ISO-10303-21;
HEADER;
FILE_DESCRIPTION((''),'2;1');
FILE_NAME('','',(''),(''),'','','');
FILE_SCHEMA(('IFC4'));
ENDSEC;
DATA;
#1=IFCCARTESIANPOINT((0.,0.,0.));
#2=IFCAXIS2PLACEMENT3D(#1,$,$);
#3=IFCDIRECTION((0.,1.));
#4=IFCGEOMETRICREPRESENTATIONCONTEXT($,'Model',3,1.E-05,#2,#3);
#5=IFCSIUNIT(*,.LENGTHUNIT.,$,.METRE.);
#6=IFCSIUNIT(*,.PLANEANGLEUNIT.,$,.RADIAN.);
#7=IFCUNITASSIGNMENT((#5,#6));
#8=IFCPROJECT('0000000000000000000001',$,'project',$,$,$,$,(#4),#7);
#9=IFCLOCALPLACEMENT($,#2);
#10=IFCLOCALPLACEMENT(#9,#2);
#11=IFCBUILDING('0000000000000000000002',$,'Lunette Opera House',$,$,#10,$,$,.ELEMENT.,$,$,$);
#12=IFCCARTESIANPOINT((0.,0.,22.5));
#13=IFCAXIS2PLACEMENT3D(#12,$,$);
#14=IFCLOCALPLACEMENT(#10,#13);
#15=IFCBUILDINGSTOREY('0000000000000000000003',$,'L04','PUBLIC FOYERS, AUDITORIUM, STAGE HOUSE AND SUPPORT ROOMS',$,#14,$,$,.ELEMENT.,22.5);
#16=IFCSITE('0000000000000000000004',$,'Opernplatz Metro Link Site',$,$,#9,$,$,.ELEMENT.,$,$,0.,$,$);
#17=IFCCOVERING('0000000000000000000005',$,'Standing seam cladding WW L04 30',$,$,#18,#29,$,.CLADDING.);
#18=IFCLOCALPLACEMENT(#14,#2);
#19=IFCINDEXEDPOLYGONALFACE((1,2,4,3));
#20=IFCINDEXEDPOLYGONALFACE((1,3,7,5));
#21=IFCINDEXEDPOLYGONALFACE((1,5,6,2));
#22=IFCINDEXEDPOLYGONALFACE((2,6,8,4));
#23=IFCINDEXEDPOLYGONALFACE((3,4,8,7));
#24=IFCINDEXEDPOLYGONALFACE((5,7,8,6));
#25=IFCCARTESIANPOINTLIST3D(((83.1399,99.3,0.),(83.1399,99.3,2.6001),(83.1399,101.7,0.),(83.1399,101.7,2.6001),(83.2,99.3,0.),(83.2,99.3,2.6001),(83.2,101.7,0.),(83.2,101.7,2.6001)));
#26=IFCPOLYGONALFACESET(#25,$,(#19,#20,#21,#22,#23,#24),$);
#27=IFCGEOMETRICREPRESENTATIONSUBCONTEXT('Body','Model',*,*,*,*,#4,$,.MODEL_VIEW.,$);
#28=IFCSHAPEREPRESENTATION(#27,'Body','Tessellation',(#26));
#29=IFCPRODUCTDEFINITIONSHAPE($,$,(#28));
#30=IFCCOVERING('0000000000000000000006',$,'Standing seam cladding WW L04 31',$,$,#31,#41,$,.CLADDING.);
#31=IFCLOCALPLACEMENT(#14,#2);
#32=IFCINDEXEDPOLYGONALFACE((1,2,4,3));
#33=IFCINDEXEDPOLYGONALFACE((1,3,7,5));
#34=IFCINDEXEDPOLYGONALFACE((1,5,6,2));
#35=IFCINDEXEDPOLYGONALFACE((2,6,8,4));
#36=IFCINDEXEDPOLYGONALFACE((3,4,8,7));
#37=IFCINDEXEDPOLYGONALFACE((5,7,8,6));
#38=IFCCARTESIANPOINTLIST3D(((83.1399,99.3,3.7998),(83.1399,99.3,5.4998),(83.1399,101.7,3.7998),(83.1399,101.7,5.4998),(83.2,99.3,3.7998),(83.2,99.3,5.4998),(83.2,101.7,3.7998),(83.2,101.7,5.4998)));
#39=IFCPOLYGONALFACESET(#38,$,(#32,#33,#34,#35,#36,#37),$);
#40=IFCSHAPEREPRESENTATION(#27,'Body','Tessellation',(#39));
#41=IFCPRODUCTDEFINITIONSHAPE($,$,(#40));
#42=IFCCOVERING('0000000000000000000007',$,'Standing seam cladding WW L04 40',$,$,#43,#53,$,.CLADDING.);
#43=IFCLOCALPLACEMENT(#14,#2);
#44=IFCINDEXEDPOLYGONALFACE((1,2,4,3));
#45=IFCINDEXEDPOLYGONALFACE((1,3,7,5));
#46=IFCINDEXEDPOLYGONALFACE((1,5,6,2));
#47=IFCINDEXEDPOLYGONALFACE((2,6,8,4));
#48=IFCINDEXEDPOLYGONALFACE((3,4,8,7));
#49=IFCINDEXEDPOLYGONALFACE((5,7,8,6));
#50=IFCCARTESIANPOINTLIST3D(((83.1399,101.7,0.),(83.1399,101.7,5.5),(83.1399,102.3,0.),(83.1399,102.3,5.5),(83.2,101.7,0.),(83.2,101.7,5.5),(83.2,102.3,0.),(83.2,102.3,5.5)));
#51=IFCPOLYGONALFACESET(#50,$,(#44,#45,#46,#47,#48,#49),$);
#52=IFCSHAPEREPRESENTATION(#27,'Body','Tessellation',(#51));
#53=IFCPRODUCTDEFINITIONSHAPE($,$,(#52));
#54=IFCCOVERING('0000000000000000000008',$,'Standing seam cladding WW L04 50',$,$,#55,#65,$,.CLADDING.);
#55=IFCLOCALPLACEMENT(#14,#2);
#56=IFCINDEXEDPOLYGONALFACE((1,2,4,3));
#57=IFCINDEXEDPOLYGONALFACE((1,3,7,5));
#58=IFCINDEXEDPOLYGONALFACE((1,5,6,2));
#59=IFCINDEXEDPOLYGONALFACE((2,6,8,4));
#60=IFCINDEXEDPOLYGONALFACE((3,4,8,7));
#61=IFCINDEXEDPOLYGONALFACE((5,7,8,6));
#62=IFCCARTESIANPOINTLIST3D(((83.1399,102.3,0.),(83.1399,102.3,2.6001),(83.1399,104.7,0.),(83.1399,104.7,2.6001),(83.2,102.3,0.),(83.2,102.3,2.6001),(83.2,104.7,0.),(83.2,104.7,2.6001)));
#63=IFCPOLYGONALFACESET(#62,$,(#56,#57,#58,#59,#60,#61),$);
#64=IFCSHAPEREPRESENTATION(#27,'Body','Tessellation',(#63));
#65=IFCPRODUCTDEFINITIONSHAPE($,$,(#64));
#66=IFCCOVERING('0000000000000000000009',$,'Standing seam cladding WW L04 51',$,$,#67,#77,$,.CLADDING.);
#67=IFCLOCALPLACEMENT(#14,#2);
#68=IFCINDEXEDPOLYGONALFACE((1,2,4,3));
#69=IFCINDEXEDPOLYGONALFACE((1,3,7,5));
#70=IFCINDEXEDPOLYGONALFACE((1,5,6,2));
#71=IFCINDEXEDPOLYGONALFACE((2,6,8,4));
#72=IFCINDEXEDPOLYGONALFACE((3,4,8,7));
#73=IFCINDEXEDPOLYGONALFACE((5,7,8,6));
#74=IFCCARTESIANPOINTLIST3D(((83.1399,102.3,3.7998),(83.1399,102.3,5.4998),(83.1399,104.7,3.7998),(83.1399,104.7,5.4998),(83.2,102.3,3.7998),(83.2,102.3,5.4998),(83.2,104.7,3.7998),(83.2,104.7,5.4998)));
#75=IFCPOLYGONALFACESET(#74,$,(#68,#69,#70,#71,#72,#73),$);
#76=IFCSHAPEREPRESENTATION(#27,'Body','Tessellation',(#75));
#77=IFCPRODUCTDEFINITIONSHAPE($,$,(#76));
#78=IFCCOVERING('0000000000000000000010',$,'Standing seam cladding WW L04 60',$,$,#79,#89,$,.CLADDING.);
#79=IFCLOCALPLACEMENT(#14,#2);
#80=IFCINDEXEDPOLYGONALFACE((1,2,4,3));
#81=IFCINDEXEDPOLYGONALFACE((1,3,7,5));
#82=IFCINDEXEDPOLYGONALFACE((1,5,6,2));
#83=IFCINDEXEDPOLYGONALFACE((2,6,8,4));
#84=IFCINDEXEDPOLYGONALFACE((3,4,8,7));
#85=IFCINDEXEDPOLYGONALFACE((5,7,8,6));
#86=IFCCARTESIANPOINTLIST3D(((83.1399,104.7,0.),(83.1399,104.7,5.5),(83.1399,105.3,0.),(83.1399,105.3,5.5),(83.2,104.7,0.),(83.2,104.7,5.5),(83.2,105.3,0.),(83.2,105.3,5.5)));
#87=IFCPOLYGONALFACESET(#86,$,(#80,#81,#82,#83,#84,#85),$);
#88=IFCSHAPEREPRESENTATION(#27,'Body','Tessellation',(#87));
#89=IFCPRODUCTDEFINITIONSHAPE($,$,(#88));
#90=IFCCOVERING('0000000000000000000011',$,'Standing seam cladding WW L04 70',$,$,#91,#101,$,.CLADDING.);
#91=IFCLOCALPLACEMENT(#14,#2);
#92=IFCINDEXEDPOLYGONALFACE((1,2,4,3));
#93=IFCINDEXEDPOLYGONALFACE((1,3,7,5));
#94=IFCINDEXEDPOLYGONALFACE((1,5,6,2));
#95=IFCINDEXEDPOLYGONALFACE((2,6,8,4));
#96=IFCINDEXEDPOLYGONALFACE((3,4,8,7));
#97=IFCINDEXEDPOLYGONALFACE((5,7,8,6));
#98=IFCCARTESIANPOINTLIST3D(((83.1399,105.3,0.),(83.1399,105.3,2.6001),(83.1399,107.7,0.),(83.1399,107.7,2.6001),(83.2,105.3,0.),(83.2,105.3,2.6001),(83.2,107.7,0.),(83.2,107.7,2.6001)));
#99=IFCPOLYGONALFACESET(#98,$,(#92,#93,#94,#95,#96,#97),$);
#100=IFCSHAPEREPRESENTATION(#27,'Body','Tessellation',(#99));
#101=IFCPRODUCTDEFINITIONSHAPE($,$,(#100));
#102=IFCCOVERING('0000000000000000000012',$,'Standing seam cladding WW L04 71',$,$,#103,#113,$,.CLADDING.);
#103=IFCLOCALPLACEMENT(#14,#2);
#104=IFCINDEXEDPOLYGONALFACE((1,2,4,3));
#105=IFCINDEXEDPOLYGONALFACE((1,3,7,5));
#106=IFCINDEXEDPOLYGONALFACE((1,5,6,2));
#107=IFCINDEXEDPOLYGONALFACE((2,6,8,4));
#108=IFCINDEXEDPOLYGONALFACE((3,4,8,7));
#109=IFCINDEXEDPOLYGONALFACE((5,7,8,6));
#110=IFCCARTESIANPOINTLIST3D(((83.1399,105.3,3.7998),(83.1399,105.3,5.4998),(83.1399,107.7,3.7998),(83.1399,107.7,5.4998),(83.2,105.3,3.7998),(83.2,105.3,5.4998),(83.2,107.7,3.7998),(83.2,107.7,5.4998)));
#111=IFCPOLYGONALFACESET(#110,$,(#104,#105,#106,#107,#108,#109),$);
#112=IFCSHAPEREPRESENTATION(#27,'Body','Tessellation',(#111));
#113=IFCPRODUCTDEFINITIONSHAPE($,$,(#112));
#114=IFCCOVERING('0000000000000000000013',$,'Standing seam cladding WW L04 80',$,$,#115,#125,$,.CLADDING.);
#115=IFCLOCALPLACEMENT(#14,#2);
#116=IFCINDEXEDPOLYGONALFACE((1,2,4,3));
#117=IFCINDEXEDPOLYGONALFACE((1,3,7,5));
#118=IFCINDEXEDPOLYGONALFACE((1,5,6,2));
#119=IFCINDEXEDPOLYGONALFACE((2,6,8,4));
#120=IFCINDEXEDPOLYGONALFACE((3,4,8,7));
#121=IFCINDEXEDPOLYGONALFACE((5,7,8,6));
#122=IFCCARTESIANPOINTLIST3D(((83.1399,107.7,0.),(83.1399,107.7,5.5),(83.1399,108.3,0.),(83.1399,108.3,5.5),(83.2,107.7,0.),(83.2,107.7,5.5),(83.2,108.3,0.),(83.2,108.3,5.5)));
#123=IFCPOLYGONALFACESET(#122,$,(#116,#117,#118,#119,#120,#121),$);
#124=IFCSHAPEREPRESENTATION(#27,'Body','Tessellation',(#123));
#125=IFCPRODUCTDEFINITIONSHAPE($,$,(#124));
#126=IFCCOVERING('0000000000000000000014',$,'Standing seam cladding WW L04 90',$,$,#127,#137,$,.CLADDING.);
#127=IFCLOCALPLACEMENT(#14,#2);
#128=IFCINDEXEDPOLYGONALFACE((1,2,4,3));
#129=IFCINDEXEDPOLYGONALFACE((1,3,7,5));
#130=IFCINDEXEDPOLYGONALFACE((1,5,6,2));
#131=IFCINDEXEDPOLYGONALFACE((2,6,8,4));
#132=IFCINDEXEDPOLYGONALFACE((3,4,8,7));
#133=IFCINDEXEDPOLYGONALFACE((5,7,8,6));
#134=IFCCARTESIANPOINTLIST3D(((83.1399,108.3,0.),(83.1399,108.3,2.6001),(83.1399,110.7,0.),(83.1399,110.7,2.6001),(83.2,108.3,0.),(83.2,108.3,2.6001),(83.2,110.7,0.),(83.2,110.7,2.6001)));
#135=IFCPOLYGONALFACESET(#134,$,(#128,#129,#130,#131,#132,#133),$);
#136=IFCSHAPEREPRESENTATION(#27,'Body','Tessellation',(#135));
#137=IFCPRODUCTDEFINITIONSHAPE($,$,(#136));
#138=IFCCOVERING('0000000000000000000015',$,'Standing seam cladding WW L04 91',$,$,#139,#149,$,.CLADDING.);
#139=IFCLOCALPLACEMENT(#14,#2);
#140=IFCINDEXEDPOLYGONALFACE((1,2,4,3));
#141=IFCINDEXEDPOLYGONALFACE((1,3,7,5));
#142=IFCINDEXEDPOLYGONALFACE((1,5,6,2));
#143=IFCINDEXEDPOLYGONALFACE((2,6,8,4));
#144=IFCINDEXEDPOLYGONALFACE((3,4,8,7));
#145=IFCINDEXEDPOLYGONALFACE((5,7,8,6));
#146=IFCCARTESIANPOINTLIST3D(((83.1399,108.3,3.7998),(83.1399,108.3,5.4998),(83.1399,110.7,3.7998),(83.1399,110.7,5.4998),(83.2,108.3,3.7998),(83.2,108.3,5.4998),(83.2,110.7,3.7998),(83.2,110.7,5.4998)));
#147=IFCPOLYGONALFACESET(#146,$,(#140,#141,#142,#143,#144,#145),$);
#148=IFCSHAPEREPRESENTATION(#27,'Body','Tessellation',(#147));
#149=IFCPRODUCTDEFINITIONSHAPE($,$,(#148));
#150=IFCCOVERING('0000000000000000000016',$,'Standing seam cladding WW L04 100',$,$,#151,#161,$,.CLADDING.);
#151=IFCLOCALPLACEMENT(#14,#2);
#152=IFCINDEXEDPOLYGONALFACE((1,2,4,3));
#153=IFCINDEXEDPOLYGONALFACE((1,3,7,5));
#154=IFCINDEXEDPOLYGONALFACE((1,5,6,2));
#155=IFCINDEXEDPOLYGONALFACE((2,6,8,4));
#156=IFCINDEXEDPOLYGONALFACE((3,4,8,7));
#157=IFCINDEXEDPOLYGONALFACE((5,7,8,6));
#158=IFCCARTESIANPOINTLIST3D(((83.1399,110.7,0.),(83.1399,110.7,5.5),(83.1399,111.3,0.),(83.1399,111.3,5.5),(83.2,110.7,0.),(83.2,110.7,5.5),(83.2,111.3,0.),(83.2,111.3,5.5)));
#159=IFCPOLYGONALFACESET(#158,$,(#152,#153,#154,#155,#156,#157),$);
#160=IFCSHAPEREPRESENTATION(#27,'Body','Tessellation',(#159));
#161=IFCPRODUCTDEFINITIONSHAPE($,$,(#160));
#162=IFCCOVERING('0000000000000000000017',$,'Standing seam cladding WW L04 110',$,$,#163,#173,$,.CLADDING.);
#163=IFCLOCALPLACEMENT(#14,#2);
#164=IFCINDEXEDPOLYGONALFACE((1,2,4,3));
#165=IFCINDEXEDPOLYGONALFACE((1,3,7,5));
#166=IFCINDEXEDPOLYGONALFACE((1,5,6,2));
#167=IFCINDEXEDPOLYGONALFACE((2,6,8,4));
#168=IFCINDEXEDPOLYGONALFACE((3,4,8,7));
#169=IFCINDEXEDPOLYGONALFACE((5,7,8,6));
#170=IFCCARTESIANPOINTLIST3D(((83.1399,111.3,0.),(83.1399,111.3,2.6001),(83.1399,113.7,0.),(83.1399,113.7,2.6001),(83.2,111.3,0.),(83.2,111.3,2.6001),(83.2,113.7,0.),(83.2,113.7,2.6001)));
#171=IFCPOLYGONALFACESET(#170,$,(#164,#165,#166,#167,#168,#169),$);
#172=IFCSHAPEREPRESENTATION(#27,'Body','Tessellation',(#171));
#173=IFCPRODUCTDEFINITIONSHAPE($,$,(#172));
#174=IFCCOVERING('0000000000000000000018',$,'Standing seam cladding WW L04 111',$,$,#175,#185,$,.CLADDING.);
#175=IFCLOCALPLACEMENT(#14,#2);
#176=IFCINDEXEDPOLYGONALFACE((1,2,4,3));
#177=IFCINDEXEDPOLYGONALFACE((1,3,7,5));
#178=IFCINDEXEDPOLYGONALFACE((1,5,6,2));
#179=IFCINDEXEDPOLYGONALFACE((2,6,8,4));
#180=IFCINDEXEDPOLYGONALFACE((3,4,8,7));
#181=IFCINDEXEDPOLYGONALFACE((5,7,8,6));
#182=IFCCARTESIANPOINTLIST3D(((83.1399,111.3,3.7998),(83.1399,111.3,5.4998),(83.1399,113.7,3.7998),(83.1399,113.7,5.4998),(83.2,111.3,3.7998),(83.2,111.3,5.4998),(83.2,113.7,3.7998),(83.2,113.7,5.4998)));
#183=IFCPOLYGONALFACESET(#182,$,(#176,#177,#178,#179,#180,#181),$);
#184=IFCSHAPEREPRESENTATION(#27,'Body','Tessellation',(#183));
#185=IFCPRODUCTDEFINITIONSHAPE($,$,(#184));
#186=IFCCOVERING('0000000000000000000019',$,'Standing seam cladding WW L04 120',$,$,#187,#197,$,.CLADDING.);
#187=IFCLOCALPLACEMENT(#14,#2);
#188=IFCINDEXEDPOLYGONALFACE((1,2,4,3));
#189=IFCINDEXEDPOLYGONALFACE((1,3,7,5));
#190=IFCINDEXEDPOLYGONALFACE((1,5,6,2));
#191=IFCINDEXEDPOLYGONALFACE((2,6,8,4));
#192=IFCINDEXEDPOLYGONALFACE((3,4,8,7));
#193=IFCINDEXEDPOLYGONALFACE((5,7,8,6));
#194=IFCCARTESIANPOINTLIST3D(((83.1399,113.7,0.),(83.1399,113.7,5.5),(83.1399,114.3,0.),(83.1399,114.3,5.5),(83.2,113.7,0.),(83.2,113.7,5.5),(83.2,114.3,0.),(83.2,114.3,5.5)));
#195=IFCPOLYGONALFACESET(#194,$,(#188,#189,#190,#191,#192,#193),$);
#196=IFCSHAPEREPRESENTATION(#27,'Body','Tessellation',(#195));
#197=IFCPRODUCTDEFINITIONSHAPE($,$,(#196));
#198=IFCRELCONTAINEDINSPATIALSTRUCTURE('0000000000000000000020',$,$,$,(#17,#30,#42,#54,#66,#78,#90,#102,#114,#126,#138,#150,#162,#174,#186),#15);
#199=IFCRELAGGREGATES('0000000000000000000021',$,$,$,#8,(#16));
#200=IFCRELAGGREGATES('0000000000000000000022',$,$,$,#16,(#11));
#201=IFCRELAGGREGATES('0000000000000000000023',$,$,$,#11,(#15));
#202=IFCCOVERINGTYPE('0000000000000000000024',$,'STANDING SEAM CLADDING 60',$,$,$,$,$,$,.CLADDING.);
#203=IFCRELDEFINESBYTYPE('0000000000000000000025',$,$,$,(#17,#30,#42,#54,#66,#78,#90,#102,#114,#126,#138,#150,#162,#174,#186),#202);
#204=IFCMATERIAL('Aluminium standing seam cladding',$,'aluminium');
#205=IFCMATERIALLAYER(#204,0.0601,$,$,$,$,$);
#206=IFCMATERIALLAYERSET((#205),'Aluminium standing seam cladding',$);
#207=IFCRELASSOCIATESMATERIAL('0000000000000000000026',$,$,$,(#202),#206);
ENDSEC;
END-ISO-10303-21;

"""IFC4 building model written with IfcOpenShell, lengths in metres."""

from ifc_helpers import new_model, si_unit, direction, frame, origin, origin_2d, place, context, subcontext, project, spatial, rectangle, extrude, material, layer, layer_set, type_object, element, save


model = new_model("IFC4")

# Units and contexts
model_context = context("Model", 3, precision=1e-05, world=origin(), true_north=direction((0.0, 1.0)))
body_context = subcontext(model_context, "Body", "Model", "MODEL_VIEW")
ifc_project = project(units=[si_unit("LENGTHUNIT", "METRE"), si_unit("PLANEANGLEUNIT", "RADIAN")], contexts=[model_context])

# Site, building, storey
site_placement = place(None, origin())
site = spatial("IfcSite", under=ifc_project, at=site_placement, Name="Opernplatz Metro Link Site", CompositionType="ELEMENT", RefElevation=0.0)
building_placement = place(site_placement, origin())
building = spatial("IfcBuilding", under=site, at=building_placement, Name="Lunette Opera House", CompositionType="ELEMENT")
storey_placement = place(building_placement, frame((0.0, 0.0, 22.5)))
storey = spatial("IfcBuildingStorey", under=building, at=storey_placement, Name="L04", Description="PUBLIC FOYERS, AUDITORIUM, STAGE HOUSE AND SUPPORT ROOMS", CompositionType="ELEMENT", Elevation=22.5)

# Coverings
ifc_material_1 = material(Name="Aluminium standing seam cladding", Category="aluminium")
ifc_layer_1 = layer(ifc_material_1, 0.0601)
ifc_layer_set_1 = layer_set([ifc_layer_1], Name="Aluminium standing seam cladding")
covering_type_1 = type_object("IfcCoveringType", Name="STANDING SEAM CLADDING 60", PredefinedType="CLADDING", material=ifc_layer_set_1)
covering_1_placement = place(storey_placement, frame((83.1699, 100.5, 0.0), z_axis=(0.0, 0.0, 1.0), x_axis=(0.0, 1.0, 0.0)))
element("IfcCovering", 1, at=covering_1_placement, inside=storey, type_object=covering_type_1, Name="Standing seam cladding WW L04 30", PredefinedType="CLADDING", context=body_context, shape_type="SweptSolid", body=[
    extrude(rectangle(XDim=2.3999, YDim=0.0601, at=origin_2d()), origin(), (0.0, 0.0, 1.0), 2.6001),
])
covering_2_placement = place(storey_placement, frame((83.1699, 100.5, 3.7998), z_axis=(0.0, 0.0, 1.0), x_axis=(0.0, 1.0, 0.0)))
element("IfcCovering", 2, at=covering_2_placement, inside=storey, type_object=covering_type_1, Name="Standing seam cladding WW L04 31", PredefinedType="CLADDING", context=body_context, shape_type="SweptSolid", body=[
    extrude(rectangle(XDim=2.3999, YDim=0.0601, at=origin_2d()), origin(), (0.0, 0.0, 1.0), 1.7),
])
covering_3_placement = place(storey_placement, frame((83.1699, 102.0, 0.0), z_axis=(0.0, 0.0, 1.0), x_axis=(0.0, 1.0, 0.0)))
element("IfcCovering", 3, at=covering_3_placement, inside=storey, type_object=covering_type_1, Name="Standing seam cladding WW L04 40", PredefinedType="CLADDING", context=body_context, shape_type="SweptSolid", body=[
    extrude(rectangle(XDim=0.6001, YDim=0.0601, at=origin_2d()), origin(), (0.0, 0.0, 1.0), 5.5),
])
covering_4_placement = place(storey_placement, frame((83.1699, 103.5, 0.0), z_axis=(0.0, 0.0, 1.0), x_axis=(0.0, 1.0, 0.0)))
element("IfcCovering", 4, at=covering_4_placement, inside=storey, type_object=covering_type_1, Name="Standing seam cladding WW L04 50", PredefinedType="CLADDING", context=body_context, shape_type="SweptSolid", body=[
    extrude(rectangle(XDim=2.3999, YDim=0.0601, at=origin_2d()), origin(), (0.0, 0.0, 1.0), 2.6001),
])
covering_5_placement = place(storey_placement, frame((83.1699, 103.5, 3.7998), z_axis=(0.0, 0.0, 1.0), x_axis=(0.0, 1.0, 0.0)))
element("IfcCovering", 5, at=covering_5_placement, inside=storey, type_object=covering_type_1, Name="Standing seam cladding WW L04 51", PredefinedType="CLADDING", context=body_context, shape_type="SweptSolid", body=[
    extrude(rectangle(XDim=2.3999, YDim=0.0601, at=origin_2d()), origin(), (0.0, 0.0, 1.0), 1.7),
])
covering_6_placement = place(storey_placement, frame((83.1699, 105.0, 0.0), z_axis=(0.0, 0.0, 1.0), x_axis=(0.0, 1.0, 0.0)))
element("IfcCovering", 6, at=covering_6_placement, inside=storey, type_object=covering_type_1, Name="Standing seam cladding WW L04 60", PredefinedType="CLADDING", context=body_context, shape_type="SweptSolid", body=[
    extrude(rectangle(XDim=0.6001, YDim=0.0601, at=origin_2d()), origin(), (0.0, 0.0, 1.0), 5.5),
])
covering_7_placement = place(storey_placement, frame((83.1699, 106.5, 0.0), z_axis=(0.0, 0.0, 1.0), x_axis=(0.0, 1.0, 0.0)))
element("IfcCovering", 7, at=covering_7_placement, inside=storey, type_object=covering_type_1, Name="Standing seam cladding WW L04 70", PredefinedType="CLADDING", context=body_context, shape_type="SweptSolid", body=[
    extrude(rectangle(XDim=2.3999, YDim=0.0601, at=origin_2d()), origin(), (0.0, 0.0, 1.0), 2.6001),
])
covering_8_placement = place(storey_placement, frame((83.1699, 106.5, 3.7998), z_axis=(0.0, 0.0, 1.0), x_axis=(0.0, 1.0, 0.0)))
element("IfcCovering", 8, at=covering_8_placement, inside=storey, type_object=covering_type_1, Name="Standing seam cladding WW L04 71", PredefinedType="CLADDING", context=body_context, shape_type="SweptSolid", body=[
    extrude(rectangle(XDim=2.3999, YDim=0.0601, at=origin_2d()), origin(), (0.0, 0.0, 1.0), 1.7),
])
covering_9_placement = place(storey_placement, frame((83.1699, 108.0, 0.0), z_axis=(0.0, 0.0, 1.0), x_axis=(0.0, 1.0, 0.0)))
element("IfcCovering", 9, at=covering_9_placement, inside=storey, type_object=covering_type_1, Name="Standing seam cladding WW L04 80", PredefinedType="CLADDING", context=body_context, shape_type="SweptSolid", body=[
    extrude(rectangle(XDim=0.6001, YDim=0.0601, at=origin_2d()), origin(), (0.0, 0.0, 1.0), 5.5),
])
covering_10_placement = place(storey_placement, frame((83.1699, 109.5, 0.0), z_axis=(0.0, 0.0, 1.0), x_axis=(0.0, 1.0, 0.0)))
element("IfcCovering", 10, at=covering_10_placement, inside=storey, type_object=covering_type_1, Name="Standing seam cladding WW L04 90", PredefinedType="CLADDING", context=body_context, shape_type="SweptSolid", body=[
    extrude(rectangle(XDim=2.3999, YDim=0.0601, at=origin_2d()), origin(), (0.0, 0.0, 1.0), 2.6001),
])
covering_11_placement = place(storey_placement, frame((83.1699, 109.5, 3.7998), z_axis=(0.0, 0.0, 1.0), x_axis=(0.0, 1.0, 0.0)))
element("IfcCovering", 11, at=covering_11_placement, inside=storey, type_object=covering_type_1, Name="Standing seam cladding WW L04 91", PredefinedType="CLADDING", context=body_context, shape_type="SweptSolid", body=[
    extrude(rectangle(XDim=2.3999, YDim=0.0601, at=origin_2d()), origin(), (0.0, 0.0, 1.0), 1.7),
])
covering_12_placement = place(storey_placement, frame((83.1699, 111.0, 0.0), z_axis=(0.0, 0.0, 1.0), x_axis=(0.0, 1.0, 0.0)))
element("IfcCovering", 12, at=covering_12_placement, inside=storey, type_object=covering_type_1, Name="Standing seam cladding WW L04 100", PredefinedType="CLADDING", context=body_context, shape_type="SweptSolid", body=[
    extrude(rectangle(XDim=0.6001, YDim=0.0601, at=origin_2d()), origin(), (0.0, 0.0, 1.0), 5.5),
])
covering_13_placement = place(storey_placement, frame((83.1699, 112.5, 0.0), z_axis=(0.0, 0.0, 1.0), x_axis=(0.0, 1.0, 0.0)))
element("IfcCovering", 13, at=covering_13_placement, inside=storey, type_object=covering_type_1, Name="Standing seam cladding WW L04 110", PredefinedType="CLADDING", context=body_context, shape_type="SweptSolid", body=[
    extrude(rectangle(XDim=2.3999, YDim=0.0601, at=origin_2d()), origin(), (0.0, 0.0, 1.0), 2.6001),
])
covering_14_placement = place(storey_placement, frame((83.1699, 112.5, 3.7998), z_axis=(0.0, 0.0, 1.0), x_axis=(0.0, 1.0, 0.0)))
element("IfcCovering", 14, at=covering_14_placement, inside=storey, type_object=covering_type_1, Name="Standing seam cladding WW L04 111", PredefinedType="CLADDING", context=body_context, shape_type="SweptSolid", body=[
    extrude(rectangle(XDim=2.3999, YDim=0.0601, at=origin_2d()), origin(), (0.0, 0.0, 1.0), 1.7),
])
covering_15_placement = place(storey_placement, frame((83.1699, 114.0, 0.0), z_axis=(0.0, 0.0, 1.0), x_axis=(0.0, 1.0, 0.0)))
element("IfcCovering", 15, at=covering_15_placement, inside=storey, type_object=covering_type_1, Name="Standing seam cladding WW L04 120", PredefinedType="CLADDING", context=body_context, shape_type="SweptSolid", body=[
    extrude(rectangle(XDim=0.6001, YDim=0.0601, at=origin_2d()), origin(), (0.0, 0.0, 1.0), 5.5),
])

save(model, "model.ifc")
